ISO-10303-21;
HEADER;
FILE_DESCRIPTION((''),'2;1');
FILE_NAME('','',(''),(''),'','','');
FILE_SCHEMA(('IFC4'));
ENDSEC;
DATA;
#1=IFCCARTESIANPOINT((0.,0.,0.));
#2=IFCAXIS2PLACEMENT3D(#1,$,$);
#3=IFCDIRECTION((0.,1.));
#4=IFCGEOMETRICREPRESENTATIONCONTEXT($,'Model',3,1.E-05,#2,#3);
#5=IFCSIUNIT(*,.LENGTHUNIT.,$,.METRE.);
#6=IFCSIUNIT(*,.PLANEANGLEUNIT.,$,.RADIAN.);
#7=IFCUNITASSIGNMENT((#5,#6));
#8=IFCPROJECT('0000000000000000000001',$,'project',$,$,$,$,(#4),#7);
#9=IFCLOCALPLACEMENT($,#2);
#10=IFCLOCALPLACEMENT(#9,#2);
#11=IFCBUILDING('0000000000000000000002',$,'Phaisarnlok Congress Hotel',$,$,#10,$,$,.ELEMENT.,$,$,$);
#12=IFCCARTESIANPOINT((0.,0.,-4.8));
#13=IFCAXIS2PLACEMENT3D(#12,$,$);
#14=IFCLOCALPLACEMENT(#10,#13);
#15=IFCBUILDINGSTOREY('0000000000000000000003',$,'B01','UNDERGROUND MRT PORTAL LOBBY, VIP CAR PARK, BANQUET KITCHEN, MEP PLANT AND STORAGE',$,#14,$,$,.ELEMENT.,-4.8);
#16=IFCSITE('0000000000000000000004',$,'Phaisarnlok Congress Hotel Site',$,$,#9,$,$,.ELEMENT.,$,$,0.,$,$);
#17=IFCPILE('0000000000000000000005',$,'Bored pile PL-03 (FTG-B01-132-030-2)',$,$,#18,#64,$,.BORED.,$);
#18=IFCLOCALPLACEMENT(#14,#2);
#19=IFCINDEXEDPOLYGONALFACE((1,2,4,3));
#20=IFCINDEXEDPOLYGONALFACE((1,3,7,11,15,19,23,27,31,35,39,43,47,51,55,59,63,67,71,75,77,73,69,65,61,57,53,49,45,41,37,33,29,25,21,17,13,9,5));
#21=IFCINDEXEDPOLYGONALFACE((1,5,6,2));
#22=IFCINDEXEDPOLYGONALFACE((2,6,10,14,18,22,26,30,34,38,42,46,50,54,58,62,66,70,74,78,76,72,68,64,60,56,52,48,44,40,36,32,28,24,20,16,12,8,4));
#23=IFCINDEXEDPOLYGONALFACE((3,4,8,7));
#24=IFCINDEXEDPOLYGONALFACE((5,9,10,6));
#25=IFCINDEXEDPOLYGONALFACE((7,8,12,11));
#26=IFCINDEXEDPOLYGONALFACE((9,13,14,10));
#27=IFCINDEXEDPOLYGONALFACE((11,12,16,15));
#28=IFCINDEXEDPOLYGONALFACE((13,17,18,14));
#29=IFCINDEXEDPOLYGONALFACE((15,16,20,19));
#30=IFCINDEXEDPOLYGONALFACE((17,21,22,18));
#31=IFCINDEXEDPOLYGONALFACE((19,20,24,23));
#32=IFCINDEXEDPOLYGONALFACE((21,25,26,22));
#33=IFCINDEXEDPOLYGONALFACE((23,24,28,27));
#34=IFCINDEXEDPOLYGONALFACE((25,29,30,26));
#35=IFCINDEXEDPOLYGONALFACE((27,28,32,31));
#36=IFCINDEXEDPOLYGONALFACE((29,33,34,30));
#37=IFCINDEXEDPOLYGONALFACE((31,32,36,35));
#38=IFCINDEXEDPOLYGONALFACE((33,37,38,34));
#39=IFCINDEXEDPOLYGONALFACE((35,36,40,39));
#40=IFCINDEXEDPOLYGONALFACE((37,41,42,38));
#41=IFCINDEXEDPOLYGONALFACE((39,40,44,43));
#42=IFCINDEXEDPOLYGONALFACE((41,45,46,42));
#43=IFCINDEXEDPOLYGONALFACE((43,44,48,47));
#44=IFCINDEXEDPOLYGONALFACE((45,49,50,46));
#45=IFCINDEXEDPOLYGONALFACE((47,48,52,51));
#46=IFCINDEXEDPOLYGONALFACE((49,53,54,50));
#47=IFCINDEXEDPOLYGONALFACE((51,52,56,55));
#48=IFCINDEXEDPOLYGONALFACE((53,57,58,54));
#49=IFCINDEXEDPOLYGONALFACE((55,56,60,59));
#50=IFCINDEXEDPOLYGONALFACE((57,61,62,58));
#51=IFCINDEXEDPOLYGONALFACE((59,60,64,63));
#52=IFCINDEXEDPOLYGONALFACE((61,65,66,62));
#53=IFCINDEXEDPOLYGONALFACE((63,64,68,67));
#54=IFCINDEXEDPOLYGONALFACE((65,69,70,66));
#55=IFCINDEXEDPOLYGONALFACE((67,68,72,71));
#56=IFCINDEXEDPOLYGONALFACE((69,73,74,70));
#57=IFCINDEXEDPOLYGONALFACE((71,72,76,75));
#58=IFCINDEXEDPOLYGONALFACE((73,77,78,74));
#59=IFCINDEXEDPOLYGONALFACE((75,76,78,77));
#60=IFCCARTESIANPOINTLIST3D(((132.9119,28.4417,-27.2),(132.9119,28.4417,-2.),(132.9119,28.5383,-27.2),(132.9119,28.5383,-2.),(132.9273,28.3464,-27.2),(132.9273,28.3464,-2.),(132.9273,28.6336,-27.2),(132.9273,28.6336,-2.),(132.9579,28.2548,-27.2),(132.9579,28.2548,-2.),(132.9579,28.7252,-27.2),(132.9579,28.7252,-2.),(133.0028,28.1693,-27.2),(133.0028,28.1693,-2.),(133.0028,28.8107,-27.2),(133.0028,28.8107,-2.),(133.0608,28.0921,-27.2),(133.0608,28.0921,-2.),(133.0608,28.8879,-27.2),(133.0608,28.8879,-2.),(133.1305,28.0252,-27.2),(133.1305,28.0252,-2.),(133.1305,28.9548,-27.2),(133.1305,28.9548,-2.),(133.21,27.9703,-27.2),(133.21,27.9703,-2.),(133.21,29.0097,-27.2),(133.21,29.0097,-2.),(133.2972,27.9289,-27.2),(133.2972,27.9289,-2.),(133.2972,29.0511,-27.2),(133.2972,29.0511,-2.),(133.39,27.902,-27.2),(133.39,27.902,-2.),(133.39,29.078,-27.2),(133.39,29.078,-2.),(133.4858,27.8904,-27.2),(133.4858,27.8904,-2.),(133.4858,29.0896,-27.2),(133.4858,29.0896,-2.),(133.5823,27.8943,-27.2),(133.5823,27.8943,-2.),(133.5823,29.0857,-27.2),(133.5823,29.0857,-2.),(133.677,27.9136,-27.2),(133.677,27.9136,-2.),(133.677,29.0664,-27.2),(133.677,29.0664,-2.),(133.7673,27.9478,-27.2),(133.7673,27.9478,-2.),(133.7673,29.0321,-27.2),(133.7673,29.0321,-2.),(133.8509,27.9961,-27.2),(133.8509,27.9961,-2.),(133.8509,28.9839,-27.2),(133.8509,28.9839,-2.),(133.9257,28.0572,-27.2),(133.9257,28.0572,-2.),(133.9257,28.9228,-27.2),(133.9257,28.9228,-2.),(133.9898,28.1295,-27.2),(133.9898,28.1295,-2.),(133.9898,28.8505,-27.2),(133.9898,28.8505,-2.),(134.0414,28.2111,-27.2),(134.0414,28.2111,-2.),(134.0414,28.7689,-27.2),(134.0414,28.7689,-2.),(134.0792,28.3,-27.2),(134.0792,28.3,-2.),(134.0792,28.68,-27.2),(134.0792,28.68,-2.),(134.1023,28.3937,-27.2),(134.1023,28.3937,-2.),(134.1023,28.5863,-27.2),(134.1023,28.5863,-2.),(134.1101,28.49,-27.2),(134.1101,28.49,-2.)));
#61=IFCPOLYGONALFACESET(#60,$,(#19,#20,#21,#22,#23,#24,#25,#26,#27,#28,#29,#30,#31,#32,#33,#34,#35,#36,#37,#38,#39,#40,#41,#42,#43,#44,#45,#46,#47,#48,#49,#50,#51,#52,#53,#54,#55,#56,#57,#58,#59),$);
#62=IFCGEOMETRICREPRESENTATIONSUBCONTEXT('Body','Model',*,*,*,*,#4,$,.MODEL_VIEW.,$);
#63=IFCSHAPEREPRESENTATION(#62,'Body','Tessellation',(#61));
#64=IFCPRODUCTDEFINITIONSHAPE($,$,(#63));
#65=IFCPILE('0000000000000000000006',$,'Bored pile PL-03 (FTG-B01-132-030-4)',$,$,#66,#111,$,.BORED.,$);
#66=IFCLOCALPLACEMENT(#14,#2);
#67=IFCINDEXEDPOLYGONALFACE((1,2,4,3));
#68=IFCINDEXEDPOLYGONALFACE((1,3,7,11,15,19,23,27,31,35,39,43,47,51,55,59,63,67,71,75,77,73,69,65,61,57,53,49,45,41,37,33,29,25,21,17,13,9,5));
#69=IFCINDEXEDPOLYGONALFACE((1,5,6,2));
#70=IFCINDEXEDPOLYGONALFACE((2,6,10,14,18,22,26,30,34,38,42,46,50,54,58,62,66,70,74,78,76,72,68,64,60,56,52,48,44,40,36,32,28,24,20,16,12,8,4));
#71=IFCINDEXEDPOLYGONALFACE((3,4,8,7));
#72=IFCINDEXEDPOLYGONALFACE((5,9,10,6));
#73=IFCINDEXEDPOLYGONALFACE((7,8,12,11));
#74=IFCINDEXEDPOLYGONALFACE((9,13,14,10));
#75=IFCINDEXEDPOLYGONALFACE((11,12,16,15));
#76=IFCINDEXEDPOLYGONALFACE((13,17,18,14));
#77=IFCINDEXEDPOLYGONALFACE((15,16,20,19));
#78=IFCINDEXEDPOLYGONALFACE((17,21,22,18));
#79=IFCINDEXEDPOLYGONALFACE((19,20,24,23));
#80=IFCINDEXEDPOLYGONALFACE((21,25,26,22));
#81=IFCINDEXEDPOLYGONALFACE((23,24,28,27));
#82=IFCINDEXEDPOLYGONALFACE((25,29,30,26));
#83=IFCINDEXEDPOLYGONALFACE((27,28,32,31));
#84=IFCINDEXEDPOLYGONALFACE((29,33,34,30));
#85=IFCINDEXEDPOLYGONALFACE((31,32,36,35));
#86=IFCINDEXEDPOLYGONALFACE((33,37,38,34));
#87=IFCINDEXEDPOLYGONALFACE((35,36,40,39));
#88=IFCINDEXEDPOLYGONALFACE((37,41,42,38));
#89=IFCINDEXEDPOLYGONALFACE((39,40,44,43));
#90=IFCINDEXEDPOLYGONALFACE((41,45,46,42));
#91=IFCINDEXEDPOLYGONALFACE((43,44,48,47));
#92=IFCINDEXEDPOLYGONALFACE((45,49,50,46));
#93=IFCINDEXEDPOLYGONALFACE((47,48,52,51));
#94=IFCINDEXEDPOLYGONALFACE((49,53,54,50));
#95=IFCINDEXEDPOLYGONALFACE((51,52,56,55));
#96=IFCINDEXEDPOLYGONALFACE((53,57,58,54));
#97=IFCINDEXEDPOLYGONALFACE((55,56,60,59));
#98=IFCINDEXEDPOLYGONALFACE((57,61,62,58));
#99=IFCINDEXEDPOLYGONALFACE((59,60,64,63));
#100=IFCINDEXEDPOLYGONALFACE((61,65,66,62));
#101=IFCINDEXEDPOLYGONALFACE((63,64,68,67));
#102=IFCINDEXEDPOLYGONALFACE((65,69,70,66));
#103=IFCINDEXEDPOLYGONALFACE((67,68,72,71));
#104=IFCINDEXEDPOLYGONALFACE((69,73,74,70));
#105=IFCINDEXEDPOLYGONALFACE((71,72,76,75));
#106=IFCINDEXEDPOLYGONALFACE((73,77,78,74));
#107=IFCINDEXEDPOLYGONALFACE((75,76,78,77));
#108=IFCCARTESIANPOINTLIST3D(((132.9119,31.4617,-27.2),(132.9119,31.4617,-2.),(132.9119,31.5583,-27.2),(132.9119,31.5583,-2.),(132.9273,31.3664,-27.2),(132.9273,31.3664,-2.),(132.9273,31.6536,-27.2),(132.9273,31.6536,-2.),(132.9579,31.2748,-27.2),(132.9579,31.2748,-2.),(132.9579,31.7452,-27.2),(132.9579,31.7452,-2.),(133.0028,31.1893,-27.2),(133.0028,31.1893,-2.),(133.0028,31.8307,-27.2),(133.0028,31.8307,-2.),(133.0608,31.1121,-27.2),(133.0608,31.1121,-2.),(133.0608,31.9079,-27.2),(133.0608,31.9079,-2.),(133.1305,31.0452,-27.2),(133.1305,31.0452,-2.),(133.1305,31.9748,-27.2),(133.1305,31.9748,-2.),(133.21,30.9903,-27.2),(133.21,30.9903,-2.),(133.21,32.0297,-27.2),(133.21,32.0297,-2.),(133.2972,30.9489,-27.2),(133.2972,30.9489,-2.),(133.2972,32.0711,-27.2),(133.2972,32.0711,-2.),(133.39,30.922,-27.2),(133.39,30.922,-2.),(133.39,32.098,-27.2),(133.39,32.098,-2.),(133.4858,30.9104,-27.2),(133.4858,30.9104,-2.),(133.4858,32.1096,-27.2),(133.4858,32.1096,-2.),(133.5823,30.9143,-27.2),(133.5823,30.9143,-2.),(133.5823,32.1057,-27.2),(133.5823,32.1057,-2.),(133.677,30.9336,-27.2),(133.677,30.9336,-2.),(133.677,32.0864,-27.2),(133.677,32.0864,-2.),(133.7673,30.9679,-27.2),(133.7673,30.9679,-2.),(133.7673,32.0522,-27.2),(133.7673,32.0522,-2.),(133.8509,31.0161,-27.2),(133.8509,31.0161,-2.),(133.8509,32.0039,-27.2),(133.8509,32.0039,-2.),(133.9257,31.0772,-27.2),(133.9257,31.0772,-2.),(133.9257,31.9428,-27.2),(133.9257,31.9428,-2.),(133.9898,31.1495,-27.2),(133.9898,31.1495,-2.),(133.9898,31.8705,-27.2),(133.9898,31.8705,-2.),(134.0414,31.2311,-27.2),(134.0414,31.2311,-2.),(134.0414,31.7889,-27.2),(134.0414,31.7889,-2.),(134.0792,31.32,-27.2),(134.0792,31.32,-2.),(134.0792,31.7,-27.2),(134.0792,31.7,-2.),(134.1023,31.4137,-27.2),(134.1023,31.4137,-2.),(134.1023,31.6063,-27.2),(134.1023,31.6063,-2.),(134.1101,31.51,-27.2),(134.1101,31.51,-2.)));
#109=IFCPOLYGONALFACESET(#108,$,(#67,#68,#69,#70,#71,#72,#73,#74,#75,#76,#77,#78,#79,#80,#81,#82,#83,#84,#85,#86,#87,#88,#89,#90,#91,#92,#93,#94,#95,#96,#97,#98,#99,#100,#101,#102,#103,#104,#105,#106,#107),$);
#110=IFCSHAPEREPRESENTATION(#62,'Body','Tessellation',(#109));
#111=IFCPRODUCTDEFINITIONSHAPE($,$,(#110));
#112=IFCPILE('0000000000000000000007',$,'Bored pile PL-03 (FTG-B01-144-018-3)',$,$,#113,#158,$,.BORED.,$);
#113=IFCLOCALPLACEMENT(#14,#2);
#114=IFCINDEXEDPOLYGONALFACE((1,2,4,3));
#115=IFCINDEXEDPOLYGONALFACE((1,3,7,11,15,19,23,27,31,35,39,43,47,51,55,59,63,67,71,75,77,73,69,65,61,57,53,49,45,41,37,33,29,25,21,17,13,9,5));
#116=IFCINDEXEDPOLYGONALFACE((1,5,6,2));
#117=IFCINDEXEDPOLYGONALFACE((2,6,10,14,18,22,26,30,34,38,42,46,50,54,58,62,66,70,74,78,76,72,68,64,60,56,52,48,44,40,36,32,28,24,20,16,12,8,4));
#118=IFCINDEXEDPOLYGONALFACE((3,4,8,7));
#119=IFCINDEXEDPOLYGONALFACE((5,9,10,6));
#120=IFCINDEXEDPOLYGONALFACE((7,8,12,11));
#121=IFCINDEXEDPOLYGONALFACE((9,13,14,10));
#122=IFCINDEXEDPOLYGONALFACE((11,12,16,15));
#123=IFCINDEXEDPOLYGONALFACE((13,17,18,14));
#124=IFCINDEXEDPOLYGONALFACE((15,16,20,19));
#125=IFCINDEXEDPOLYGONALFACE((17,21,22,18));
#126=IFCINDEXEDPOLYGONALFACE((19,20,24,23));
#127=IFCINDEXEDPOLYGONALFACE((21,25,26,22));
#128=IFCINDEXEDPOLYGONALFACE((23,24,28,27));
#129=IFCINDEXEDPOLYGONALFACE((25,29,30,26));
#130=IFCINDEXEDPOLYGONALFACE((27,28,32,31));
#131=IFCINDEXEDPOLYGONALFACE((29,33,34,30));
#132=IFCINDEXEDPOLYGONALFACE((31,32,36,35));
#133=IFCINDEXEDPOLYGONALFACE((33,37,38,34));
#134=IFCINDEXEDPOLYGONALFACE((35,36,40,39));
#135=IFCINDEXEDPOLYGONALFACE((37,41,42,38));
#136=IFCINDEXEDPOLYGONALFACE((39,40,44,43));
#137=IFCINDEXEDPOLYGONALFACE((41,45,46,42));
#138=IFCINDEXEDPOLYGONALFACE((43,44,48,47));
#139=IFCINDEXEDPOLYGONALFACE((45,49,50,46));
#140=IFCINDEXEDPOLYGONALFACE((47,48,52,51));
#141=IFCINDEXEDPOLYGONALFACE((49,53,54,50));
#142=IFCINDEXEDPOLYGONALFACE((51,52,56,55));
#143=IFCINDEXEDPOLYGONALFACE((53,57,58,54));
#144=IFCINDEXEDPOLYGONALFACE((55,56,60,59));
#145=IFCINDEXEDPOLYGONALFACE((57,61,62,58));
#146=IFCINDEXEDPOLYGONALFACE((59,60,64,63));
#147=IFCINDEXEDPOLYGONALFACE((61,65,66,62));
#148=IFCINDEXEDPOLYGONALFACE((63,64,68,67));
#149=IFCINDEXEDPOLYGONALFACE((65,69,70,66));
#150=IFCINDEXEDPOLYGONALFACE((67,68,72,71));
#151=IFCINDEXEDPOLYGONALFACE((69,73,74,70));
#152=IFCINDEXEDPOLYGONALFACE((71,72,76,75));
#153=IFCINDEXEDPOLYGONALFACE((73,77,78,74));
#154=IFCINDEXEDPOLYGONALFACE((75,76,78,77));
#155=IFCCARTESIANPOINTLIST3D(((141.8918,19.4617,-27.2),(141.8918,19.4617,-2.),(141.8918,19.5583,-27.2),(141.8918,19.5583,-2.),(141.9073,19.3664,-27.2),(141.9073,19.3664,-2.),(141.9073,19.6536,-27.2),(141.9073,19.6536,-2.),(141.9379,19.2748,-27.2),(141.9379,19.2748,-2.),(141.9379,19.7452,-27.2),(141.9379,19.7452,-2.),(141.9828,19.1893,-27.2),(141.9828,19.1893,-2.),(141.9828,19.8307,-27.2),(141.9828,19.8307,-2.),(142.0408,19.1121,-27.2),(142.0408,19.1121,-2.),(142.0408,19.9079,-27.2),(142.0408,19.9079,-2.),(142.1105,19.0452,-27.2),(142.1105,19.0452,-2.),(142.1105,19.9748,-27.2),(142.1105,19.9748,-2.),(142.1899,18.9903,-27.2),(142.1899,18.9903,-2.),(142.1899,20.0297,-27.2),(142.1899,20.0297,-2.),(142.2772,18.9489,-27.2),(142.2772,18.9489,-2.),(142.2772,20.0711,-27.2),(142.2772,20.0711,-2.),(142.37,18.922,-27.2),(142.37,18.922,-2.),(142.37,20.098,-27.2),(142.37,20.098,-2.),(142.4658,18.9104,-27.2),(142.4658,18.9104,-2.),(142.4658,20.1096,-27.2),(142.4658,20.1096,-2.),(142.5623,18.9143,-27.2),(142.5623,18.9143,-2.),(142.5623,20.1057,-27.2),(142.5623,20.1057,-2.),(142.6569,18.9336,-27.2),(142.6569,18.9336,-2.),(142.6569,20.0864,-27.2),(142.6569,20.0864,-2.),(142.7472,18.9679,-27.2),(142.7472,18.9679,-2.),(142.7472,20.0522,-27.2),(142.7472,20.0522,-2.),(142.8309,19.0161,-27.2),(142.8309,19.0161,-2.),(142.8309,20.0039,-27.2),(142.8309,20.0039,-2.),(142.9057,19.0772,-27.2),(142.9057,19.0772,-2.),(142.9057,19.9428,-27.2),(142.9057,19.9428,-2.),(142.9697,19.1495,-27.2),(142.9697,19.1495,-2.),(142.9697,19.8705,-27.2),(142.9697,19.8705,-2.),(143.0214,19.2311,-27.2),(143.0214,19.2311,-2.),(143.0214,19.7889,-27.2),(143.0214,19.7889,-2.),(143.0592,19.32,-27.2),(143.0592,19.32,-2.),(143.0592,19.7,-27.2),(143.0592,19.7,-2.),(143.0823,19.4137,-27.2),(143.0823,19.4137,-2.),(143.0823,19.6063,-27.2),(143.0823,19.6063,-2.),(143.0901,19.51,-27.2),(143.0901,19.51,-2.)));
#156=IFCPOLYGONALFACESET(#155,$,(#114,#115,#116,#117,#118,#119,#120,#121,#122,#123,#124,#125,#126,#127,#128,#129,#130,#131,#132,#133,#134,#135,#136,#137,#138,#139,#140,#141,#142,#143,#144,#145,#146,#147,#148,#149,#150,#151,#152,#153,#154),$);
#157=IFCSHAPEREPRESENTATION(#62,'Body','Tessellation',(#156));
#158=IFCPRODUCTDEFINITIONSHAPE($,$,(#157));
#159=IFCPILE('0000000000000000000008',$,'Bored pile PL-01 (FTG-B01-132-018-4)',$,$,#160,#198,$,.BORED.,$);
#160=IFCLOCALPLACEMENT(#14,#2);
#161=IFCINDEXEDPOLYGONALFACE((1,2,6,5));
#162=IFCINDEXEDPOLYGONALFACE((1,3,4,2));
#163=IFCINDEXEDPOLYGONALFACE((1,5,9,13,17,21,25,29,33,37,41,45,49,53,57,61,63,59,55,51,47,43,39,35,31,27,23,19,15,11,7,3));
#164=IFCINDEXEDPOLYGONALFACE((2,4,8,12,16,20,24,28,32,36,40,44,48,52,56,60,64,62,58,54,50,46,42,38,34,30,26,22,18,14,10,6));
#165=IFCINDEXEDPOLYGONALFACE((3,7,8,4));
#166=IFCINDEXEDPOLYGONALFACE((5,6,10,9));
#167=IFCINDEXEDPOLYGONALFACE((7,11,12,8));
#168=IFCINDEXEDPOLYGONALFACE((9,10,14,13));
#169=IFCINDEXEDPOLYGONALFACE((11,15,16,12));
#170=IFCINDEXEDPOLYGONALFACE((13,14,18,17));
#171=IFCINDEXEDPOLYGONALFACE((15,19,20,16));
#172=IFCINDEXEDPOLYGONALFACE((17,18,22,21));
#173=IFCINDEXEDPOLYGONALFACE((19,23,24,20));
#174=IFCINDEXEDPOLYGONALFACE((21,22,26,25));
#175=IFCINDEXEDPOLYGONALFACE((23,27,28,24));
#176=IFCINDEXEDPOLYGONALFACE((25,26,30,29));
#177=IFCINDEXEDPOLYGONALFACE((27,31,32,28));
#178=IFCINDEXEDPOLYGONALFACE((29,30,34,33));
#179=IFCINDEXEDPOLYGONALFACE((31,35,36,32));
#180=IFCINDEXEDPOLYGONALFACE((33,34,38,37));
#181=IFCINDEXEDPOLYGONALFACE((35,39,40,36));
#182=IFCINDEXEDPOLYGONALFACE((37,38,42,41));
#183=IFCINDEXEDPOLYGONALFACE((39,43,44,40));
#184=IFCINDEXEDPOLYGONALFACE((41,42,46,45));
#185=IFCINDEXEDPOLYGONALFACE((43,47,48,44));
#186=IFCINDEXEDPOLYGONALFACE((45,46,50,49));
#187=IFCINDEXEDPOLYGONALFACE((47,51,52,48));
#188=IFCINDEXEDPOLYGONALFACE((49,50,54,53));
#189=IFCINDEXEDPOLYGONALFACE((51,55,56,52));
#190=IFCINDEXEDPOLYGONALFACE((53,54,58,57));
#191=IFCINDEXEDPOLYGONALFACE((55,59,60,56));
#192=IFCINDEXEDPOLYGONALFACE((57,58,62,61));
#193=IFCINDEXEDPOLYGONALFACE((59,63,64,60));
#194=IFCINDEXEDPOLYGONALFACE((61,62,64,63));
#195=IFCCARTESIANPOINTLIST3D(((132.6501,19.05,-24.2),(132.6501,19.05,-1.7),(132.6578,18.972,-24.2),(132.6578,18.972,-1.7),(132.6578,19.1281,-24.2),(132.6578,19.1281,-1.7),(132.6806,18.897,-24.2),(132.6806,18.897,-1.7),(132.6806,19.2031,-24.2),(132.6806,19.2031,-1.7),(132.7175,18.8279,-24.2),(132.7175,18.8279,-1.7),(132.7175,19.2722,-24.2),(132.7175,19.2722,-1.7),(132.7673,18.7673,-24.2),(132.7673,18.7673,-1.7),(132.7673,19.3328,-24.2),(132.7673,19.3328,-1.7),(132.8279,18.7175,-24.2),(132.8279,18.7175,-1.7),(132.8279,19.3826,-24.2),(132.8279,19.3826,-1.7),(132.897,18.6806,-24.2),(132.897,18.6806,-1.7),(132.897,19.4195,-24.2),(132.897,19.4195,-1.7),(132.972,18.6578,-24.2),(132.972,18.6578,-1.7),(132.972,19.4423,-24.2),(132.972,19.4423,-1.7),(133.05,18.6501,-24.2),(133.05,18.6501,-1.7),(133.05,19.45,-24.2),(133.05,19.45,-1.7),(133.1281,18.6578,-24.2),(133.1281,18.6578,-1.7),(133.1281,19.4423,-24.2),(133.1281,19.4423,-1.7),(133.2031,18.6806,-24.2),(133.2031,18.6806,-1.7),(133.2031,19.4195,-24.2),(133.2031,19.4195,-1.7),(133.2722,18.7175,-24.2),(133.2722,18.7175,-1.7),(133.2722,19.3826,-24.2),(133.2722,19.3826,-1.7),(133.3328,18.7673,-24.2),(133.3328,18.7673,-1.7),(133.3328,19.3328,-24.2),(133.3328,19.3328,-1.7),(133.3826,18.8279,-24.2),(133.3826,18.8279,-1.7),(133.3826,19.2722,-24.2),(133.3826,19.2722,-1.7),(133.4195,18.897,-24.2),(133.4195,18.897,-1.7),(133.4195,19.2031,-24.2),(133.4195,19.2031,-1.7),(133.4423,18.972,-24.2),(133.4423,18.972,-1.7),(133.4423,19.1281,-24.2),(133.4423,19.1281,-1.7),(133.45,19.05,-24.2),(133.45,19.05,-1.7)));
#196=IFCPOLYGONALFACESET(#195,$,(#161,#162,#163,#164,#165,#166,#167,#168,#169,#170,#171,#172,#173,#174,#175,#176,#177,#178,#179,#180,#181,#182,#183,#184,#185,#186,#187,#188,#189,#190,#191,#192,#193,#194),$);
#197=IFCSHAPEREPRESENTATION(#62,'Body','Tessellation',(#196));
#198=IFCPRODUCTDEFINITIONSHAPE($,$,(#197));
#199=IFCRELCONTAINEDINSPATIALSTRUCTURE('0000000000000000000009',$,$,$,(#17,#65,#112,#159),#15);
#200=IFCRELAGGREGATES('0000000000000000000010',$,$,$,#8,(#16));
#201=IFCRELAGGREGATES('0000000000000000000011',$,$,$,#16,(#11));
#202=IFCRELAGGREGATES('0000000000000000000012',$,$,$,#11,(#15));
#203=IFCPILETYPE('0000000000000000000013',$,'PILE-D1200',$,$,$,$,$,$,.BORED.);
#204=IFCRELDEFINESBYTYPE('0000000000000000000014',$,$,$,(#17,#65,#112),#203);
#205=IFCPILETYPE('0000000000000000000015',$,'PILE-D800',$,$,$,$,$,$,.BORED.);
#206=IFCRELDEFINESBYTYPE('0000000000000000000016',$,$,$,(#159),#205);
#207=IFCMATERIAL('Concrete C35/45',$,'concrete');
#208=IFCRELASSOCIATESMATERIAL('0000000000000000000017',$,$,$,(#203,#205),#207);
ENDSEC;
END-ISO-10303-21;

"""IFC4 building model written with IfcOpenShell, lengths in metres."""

from ifc_helpers import new_model, si_unit, direction, frame, origin, origin_2d, place, context, subcontext, project, spatial, circle, extrude, material, material_profile, profile_set, type_object, element, save


model = new_model("IFC4")

# Units and contexts
model_context = context("Model", 3, precision=1e-05, world=origin(), true_north=direction((0.0, 1.0)))
body_context = subcontext(model_context, "Body", "Model", "MODEL_VIEW")
ifc_project = project(units=[si_unit("LENGTHUNIT", "METRE"), si_unit("PLANEANGLEUNIT", "RADIAN")], contexts=[model_context])

# Site, building, storey
site_placement = place(None, origin())
site = spatial("IfcSite", under=ifc_project, at=site_placement, Name="Phaisarnlok Congress Hotel Site", CompositionType="ELEMENT", RefElevation=0.0)
building_placement = place(site_placement, origin())
building = spatial("IfcBuilding", under=site, at=building_placement, Name="Phaisarnlok Congress Hotel", CompositionType="ELEMENT")
storey_placement = place(building_placement, frame((0.0, 0.0, -4.8)))
storey = spatial("IfcBuildingStorey", under=building, at=storey_placement, Name="B01", Description="UNDERGROUND MRT PORTAL LOBBY, VIP CAR PARK, BANQUET KITCHEN, MEP PLANT AND STORAGE", CompositionType="ELEMENT", Elevation=-4.8)

# Piles
ifc_material_1 = material(Name="Concrete C35/45", Category="concrete")
ifc_material_profile_1 = material_profile(ifc_material_1, circle(Radius=0.6001, at=origin_2d()), Name="BORED PILE D1200")
ifc_profile_set_1 = profile_set([ifc_material_profile_1], Name="Concrete C35/45")
pile_type_1 = type_object("IfcPileType", Name="PILE-D1200", PredefinedType="BORED", material=ifc_profile_set_1)
for number, where, z_axis, x_axis, name in (
    (1, (133.51, 28.49, -2.0), (0.0, 0.0, -1.0), (1.0, 0.0, 0.0), "Bored pile PL-03 (FTG-B01-132-030-2)"),
    (2, (133.51, 31.51, -2.0), (0.0, 0.0, -1.0), (1.0, 0.0, 0.0), "Bored pile PL-03 (FTG-B01-132-030-4)"),
    (3, (142.49, 19.51, -2.0), (0.0, 0.0, -1.0), (1.0, 0.0, 0.0), "Bored pile PL-03 (FTG-B01-144-018-3)"),
):
    element("IfcPile", number, at=place(storey_placement, frame(where, z_axis=z_axis, x_axis=x_axis)), inside=storey, type_object=pile_type_1, Name=name, PredefinedType="BORED", context=body_context, shape_type="SweptSolid", body=[
        extrude(circle(Radius=0.6001, at=origin_2d()), origin(), (0.0, 0.0, 1.0), 25.2),
    ])
ifc_material_profile_2 = material_profile(ifc_material_1, circle(Radius=0.3999, at=origin_2d()), Name="BORED PILE D800")
ifc_profile_set_2 = profile_set([ifc_material_profile_2], Name="Concrete C35/45")
pile_type_2 = type_object("IfcPileType", Name="PILE-D800", PredefinedType="BORED", material=ifc_profile_set_2)
pile_1_placement = place(storey_placement, frame((133.05, 19.05, -1.7), z_axis=(0.0, 0.0, -1.0), x_axis=(1.0, 0.0, 0.0)))
element("IfcPile", 4, at=pile_1_placement, inside=storey, type_object=pile_type_2, Name="Bored pile PL-01 (FTG-B01-132-018-4)", PredefinedType="BORED", context=body_context, shape_type="SweptSolid", body=[
    extrude(circle(Radius=0.3999, at=origin_2d()), origin(), (0.0, 0.0, 1.0), 22.5),
])

save(model, "model.ifc")
